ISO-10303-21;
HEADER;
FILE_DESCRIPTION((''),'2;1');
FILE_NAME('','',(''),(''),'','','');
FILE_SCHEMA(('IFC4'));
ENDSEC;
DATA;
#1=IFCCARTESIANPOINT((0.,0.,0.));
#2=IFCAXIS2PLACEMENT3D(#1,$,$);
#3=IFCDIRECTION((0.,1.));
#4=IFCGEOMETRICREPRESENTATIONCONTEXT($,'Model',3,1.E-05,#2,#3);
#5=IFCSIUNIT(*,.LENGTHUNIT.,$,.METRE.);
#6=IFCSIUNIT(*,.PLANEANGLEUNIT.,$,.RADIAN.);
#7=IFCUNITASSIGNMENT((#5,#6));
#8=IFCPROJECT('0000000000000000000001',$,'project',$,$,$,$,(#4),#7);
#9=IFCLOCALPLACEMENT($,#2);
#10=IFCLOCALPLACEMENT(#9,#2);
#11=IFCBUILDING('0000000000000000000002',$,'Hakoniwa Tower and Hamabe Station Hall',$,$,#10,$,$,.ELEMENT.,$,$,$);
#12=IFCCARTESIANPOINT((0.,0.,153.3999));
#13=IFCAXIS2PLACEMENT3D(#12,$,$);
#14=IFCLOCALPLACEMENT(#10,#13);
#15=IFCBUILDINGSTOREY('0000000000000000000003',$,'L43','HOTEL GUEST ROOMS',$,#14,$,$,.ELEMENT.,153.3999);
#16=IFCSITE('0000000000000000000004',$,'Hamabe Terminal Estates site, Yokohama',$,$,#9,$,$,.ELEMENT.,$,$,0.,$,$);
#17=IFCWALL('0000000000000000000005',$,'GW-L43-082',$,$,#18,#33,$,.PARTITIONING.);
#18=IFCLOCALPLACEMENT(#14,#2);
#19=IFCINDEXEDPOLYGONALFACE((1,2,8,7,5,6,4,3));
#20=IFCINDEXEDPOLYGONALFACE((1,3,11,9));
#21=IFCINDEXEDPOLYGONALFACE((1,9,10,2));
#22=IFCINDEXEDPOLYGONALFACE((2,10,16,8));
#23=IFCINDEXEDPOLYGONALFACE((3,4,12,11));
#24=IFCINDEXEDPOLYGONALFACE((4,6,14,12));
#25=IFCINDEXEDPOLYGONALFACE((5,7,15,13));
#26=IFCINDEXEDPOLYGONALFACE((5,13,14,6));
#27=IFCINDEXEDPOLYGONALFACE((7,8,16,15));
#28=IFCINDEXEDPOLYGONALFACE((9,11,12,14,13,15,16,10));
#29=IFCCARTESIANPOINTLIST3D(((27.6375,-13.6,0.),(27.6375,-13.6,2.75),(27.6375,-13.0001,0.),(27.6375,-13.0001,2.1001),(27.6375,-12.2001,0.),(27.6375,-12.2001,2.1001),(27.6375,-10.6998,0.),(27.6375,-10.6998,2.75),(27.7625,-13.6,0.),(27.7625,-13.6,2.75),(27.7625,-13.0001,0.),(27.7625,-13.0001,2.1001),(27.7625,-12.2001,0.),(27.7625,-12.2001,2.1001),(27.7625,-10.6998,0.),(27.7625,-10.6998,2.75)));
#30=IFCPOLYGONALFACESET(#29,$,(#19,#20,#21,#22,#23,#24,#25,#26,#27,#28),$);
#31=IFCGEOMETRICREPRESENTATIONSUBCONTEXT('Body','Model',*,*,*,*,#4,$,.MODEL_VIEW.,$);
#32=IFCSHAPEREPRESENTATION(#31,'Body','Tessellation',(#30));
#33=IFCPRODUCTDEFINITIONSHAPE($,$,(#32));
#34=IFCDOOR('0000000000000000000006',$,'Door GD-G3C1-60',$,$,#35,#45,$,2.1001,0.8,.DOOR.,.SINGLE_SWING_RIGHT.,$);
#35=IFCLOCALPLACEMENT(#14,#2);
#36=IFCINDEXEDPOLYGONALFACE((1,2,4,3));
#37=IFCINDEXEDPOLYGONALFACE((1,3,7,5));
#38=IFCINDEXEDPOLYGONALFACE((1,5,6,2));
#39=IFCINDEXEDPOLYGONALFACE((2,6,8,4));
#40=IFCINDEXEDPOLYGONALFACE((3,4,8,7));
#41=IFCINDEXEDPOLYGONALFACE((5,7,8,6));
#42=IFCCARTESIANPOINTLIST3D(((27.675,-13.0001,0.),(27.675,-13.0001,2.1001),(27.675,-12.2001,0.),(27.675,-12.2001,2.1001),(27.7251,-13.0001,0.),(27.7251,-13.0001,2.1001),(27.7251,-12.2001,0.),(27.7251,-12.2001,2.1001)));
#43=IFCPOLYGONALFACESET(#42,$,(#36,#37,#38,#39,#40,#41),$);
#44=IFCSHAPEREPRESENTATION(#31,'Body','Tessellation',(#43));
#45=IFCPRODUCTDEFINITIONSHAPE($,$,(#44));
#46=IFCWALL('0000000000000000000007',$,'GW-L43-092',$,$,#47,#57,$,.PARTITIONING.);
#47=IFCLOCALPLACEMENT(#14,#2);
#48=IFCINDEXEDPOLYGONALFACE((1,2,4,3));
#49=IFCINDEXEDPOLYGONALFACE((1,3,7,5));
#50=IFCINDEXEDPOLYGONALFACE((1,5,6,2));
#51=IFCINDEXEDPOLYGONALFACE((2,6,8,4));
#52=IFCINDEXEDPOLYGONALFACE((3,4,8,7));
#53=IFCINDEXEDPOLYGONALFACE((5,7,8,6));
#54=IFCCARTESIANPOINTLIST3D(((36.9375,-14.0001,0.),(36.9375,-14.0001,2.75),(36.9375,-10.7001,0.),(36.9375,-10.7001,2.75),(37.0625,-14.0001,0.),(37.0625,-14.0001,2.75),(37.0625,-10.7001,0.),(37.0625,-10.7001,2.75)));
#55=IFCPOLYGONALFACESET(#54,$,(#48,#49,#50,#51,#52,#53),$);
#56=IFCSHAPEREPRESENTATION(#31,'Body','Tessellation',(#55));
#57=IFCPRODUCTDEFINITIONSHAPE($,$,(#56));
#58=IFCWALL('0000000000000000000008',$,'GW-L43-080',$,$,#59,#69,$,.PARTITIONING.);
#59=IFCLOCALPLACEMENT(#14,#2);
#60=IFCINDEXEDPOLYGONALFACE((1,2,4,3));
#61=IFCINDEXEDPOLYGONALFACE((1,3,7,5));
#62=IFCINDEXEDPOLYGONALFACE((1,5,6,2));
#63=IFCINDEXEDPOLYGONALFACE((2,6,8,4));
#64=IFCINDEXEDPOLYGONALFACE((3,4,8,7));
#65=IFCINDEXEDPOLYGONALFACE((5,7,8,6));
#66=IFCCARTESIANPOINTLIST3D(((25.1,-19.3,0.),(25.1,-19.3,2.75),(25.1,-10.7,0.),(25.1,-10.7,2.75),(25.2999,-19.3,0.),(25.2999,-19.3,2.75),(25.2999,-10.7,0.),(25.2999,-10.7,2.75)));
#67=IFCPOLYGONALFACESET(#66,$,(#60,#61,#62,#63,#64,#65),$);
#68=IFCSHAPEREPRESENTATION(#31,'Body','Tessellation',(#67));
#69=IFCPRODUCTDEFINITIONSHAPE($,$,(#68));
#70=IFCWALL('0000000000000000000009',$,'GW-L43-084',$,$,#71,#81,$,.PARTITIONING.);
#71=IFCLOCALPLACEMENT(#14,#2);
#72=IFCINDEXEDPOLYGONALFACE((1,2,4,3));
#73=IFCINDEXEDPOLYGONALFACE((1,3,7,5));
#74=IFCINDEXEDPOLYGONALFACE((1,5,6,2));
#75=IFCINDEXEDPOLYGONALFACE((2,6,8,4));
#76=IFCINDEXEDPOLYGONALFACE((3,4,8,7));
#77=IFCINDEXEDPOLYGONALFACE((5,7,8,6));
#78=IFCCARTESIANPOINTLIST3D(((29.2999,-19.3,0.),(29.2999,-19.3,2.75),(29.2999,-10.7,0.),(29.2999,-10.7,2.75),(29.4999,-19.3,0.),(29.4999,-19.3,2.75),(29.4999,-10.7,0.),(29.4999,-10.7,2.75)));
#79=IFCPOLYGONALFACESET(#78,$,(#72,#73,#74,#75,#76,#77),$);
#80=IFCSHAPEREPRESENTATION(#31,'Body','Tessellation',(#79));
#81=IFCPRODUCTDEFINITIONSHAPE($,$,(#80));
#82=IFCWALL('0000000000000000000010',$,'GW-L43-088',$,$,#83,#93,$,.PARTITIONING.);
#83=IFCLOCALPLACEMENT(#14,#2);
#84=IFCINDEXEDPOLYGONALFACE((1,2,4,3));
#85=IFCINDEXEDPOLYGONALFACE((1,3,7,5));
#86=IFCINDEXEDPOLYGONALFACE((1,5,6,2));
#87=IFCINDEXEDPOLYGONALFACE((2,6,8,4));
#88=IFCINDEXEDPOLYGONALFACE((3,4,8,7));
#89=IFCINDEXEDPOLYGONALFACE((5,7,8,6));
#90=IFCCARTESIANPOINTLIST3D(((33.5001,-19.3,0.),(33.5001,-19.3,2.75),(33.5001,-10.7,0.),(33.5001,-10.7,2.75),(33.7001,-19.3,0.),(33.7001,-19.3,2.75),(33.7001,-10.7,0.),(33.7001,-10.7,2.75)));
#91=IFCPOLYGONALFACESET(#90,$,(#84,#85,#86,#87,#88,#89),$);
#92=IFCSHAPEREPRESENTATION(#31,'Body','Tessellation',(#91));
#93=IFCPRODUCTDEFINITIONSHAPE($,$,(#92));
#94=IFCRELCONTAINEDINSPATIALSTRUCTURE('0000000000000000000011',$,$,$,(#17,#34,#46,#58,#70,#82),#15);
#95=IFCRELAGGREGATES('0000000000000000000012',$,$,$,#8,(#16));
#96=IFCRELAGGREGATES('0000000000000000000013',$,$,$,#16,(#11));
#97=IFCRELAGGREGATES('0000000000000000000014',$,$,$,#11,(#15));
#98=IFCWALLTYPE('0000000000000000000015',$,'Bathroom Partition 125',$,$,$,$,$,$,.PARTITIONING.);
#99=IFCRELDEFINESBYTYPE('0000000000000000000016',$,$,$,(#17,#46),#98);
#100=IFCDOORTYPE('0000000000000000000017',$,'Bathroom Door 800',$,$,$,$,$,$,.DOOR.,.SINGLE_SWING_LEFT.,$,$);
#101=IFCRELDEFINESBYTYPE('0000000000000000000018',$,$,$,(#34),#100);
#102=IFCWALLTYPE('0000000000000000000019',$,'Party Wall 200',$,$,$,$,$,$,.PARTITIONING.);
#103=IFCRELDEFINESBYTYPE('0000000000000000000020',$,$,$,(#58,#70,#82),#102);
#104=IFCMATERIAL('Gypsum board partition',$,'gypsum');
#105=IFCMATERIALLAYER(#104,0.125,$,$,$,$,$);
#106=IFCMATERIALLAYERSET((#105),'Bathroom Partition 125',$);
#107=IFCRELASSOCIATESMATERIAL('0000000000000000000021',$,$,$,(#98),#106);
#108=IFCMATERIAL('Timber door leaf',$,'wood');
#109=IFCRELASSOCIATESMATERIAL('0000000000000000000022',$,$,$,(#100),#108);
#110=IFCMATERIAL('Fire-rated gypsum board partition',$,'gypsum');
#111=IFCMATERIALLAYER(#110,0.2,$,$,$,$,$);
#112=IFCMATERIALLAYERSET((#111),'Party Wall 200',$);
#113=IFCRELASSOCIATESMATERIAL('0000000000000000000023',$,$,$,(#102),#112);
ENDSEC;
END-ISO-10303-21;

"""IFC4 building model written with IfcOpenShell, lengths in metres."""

from ifc_helpers import new_model, si_unit, direction, frame, frame_2d, origin, place, context, subcontext, project, spatial, rectangle, extrude, material, layer, layer_set, type_object, element, fill, save


model = new_model("IFC4")

# Units and contexts
model_context = context("Model", 3, precision=1e-05, world=origin(), true_north=direction((0.0, 1.0)))
body_context = subcontext(model_context, "Body", "Model", "MODEL_VIEW")
ifc_project = project(units=[si_unit("LENGTHUNIT", "METRE"), si_unit("PLANEANGLEUNIT", "RADIAN")], contexts=[model_context])

# Site, building, storey
site_placement = place(None, origin())
site = spatial("IfcSite", under=ifc_project, at=site_placement, Name="Hamabe Terminal Estates site, Yokohama", CompositionType="ELEMENT", RefElevation=0.0)
building_placement = place(site_placement, origin())
building = spatial("IfcBuilding", under=site, at=building_placement, Name="Hakoniwa Tower and Hamabe Station Hall", CompositionType="ELEMENT")
storey_placement = place(building_placement, frame((0.0, 0.0, 153.3999)))
storey = spatial("IfcBuildingStorey", under=building, at=storey_placement, Name="L43", Description="HOTEL GUEST ROOMS", CompositionType="ELEMENT", Elevation=153.3999)

# Shared definitions
ifc_material_1 = material(Name="Gypsum board partition", Category="gypsum")
ifc_layer_1 = layer(ifc_material_1, 0.125)
ifc_layer_set_1 = layer_set([ifc_layer_1], Name="Bathroom Partition 125")
wall_type_1 = type_object("IfcWallType", Name="Bathroom Partition 125", PredefinedType="PARTITIONING", material=ifc_layer_set_1)
ifc_material_2 = material(Name="Timber door leaf", Category="wood")
door_type = type_object("IfcDoorType", Name="Bathroom Door 800", OperationType="SINGLE_SWING_LEFT", PredefinedType="DOOR", material=ifc_material_2)

# Wall, opening, door
wall_1_placement = place(storey_placement, frame((27.7, -13.6001, 0.0), z_axis=(0.0, 0.0, 1.0), x_axis=(0.0, 1.0, 0.0)))
wall_1 = element("IfcWall", 1, at=wall_1_placement, inside=storey, type_object=wall_type_1, Name="GW-L43-082", PredefinedType="PARTITIONING", context=body_context, shape_type="SweptSolid", body=[
    extrude(rectangle(XDim=2.9001, YDim=0.125, at=frame_2d((1.4502, 0.0))), origin(), (0.0, 0.0, 1.0), 2.75),
])
opening_1_placement = place(wall_1_placement, frame((0.6001, 0.0, 0.0)))
opening_1 = element("IfcOpeningElement", 2, at=opening_1_placement, cuts=wall_1, PredefinedType="OPENING", context=body_context, shape_type="SweptSolid", body=[
    extrude(rectangle(XDim=0.8, YDim=2.1001, at=frame_2d((0.3999, 1.05))), frame((0.0, 0.0725, 0.0), z_axis=(0.0, -1.0, 0.0), x_axis=(1.0, 0.0, 0.0)), (0.0, 0.0, 1.0), 0.145),
])
door_1_placement = place(opening_1_placement, origin())
door_1 = element("IfcDoor", 3, at=door_1_placement, inside=storey, type_object=door_type, Name="Door GD-G3C1-60", OperationType="SINGLE_SWING_RIGHT", OverallHeight=2.1001, OverallWidth=0.8, PredefinedType="DOOR", context=body_context, shape_type="SweptSolid", body=[
    extrude(rectangle(XDim=0.8, YDim=2.1001, at=frame_2d((0.3999, 1.05))), frame((0.0, 0.0249, 0.0), z_axis=(0.0, -1.0, 0.0), x_axis=(1.0, 0.0, 0.0)), (0.0, 0.0, 1.0), 0.05),
])
fill(opening_1, door_1)

# Walls
wall_2_placement = place(storey_placement, frame((37.0, -14.0, 0.0), z_axis=(0.0, 0.0, 1.0), x_axis=(0.0, 1.0, 0.0)))
element("IfcWall", 4, at=wall_2_placement, inside=storey, type_object=wall_type_1, Name="GW-L43-092", PredefinedType="PARTITIONING", context=body_context, shape_type="SweptSolid", body=[
    extrude(rectangle(XDim=3.3, YDim=0.125, at=frame_2d((1.6499, 0.0))), origin(), (0.0, 0.0, 1.0), 2.75),
])
ifc_material_3 = material(Name="Fire-rated gypsum board partition", Category="gypsum")
ifc_layer_2 = layer(ifc_material_3, 0.2)
ifc_layer_set_2 = layer_set([ifc_layer_2], Name="Party Wall 200")
wall_type_2 = type_object("IfcWallType", Name="Party Wall 200", PredefinedType="PARTITIONING", material=ifc_layer_set_2)
for number, where, z_axis, x_axis, name in (
    (5, (25.2, -19.3, 0.0), (0.0, 0.0, 1.0), (0.0, 1.0, 0.0), "GW-L43-080"),
    (6, (29.3999, -19.3, 0.0), (0.0, 0.0, 1.0), (0.0, 1.0, 0.0), "GW-L43-084"),
    (7, (33.6001, -19.3, 0.0), (0.0, 0.0, 1.0), (0.0, 1.0, 0.0), "GW-L43-088"),
):
    element("IfcWall", number, at=place(storey_placement, frame(where, z_axis=z_axis, x_axis=x_axis)), inside=storey, type_object=wall_type_2, Name=name, PredefinedType="PARTITIONING", context=body_context, shape_type="SweptSolid", body=[
        extrude(rectangle(XDim=8.6001, YDim=0.2, at=frame_2d((4.3, 0.0))), origin(), (0.0, 0.0, 1.0), 2.75),
    ])

save(model, "model.ifc")
